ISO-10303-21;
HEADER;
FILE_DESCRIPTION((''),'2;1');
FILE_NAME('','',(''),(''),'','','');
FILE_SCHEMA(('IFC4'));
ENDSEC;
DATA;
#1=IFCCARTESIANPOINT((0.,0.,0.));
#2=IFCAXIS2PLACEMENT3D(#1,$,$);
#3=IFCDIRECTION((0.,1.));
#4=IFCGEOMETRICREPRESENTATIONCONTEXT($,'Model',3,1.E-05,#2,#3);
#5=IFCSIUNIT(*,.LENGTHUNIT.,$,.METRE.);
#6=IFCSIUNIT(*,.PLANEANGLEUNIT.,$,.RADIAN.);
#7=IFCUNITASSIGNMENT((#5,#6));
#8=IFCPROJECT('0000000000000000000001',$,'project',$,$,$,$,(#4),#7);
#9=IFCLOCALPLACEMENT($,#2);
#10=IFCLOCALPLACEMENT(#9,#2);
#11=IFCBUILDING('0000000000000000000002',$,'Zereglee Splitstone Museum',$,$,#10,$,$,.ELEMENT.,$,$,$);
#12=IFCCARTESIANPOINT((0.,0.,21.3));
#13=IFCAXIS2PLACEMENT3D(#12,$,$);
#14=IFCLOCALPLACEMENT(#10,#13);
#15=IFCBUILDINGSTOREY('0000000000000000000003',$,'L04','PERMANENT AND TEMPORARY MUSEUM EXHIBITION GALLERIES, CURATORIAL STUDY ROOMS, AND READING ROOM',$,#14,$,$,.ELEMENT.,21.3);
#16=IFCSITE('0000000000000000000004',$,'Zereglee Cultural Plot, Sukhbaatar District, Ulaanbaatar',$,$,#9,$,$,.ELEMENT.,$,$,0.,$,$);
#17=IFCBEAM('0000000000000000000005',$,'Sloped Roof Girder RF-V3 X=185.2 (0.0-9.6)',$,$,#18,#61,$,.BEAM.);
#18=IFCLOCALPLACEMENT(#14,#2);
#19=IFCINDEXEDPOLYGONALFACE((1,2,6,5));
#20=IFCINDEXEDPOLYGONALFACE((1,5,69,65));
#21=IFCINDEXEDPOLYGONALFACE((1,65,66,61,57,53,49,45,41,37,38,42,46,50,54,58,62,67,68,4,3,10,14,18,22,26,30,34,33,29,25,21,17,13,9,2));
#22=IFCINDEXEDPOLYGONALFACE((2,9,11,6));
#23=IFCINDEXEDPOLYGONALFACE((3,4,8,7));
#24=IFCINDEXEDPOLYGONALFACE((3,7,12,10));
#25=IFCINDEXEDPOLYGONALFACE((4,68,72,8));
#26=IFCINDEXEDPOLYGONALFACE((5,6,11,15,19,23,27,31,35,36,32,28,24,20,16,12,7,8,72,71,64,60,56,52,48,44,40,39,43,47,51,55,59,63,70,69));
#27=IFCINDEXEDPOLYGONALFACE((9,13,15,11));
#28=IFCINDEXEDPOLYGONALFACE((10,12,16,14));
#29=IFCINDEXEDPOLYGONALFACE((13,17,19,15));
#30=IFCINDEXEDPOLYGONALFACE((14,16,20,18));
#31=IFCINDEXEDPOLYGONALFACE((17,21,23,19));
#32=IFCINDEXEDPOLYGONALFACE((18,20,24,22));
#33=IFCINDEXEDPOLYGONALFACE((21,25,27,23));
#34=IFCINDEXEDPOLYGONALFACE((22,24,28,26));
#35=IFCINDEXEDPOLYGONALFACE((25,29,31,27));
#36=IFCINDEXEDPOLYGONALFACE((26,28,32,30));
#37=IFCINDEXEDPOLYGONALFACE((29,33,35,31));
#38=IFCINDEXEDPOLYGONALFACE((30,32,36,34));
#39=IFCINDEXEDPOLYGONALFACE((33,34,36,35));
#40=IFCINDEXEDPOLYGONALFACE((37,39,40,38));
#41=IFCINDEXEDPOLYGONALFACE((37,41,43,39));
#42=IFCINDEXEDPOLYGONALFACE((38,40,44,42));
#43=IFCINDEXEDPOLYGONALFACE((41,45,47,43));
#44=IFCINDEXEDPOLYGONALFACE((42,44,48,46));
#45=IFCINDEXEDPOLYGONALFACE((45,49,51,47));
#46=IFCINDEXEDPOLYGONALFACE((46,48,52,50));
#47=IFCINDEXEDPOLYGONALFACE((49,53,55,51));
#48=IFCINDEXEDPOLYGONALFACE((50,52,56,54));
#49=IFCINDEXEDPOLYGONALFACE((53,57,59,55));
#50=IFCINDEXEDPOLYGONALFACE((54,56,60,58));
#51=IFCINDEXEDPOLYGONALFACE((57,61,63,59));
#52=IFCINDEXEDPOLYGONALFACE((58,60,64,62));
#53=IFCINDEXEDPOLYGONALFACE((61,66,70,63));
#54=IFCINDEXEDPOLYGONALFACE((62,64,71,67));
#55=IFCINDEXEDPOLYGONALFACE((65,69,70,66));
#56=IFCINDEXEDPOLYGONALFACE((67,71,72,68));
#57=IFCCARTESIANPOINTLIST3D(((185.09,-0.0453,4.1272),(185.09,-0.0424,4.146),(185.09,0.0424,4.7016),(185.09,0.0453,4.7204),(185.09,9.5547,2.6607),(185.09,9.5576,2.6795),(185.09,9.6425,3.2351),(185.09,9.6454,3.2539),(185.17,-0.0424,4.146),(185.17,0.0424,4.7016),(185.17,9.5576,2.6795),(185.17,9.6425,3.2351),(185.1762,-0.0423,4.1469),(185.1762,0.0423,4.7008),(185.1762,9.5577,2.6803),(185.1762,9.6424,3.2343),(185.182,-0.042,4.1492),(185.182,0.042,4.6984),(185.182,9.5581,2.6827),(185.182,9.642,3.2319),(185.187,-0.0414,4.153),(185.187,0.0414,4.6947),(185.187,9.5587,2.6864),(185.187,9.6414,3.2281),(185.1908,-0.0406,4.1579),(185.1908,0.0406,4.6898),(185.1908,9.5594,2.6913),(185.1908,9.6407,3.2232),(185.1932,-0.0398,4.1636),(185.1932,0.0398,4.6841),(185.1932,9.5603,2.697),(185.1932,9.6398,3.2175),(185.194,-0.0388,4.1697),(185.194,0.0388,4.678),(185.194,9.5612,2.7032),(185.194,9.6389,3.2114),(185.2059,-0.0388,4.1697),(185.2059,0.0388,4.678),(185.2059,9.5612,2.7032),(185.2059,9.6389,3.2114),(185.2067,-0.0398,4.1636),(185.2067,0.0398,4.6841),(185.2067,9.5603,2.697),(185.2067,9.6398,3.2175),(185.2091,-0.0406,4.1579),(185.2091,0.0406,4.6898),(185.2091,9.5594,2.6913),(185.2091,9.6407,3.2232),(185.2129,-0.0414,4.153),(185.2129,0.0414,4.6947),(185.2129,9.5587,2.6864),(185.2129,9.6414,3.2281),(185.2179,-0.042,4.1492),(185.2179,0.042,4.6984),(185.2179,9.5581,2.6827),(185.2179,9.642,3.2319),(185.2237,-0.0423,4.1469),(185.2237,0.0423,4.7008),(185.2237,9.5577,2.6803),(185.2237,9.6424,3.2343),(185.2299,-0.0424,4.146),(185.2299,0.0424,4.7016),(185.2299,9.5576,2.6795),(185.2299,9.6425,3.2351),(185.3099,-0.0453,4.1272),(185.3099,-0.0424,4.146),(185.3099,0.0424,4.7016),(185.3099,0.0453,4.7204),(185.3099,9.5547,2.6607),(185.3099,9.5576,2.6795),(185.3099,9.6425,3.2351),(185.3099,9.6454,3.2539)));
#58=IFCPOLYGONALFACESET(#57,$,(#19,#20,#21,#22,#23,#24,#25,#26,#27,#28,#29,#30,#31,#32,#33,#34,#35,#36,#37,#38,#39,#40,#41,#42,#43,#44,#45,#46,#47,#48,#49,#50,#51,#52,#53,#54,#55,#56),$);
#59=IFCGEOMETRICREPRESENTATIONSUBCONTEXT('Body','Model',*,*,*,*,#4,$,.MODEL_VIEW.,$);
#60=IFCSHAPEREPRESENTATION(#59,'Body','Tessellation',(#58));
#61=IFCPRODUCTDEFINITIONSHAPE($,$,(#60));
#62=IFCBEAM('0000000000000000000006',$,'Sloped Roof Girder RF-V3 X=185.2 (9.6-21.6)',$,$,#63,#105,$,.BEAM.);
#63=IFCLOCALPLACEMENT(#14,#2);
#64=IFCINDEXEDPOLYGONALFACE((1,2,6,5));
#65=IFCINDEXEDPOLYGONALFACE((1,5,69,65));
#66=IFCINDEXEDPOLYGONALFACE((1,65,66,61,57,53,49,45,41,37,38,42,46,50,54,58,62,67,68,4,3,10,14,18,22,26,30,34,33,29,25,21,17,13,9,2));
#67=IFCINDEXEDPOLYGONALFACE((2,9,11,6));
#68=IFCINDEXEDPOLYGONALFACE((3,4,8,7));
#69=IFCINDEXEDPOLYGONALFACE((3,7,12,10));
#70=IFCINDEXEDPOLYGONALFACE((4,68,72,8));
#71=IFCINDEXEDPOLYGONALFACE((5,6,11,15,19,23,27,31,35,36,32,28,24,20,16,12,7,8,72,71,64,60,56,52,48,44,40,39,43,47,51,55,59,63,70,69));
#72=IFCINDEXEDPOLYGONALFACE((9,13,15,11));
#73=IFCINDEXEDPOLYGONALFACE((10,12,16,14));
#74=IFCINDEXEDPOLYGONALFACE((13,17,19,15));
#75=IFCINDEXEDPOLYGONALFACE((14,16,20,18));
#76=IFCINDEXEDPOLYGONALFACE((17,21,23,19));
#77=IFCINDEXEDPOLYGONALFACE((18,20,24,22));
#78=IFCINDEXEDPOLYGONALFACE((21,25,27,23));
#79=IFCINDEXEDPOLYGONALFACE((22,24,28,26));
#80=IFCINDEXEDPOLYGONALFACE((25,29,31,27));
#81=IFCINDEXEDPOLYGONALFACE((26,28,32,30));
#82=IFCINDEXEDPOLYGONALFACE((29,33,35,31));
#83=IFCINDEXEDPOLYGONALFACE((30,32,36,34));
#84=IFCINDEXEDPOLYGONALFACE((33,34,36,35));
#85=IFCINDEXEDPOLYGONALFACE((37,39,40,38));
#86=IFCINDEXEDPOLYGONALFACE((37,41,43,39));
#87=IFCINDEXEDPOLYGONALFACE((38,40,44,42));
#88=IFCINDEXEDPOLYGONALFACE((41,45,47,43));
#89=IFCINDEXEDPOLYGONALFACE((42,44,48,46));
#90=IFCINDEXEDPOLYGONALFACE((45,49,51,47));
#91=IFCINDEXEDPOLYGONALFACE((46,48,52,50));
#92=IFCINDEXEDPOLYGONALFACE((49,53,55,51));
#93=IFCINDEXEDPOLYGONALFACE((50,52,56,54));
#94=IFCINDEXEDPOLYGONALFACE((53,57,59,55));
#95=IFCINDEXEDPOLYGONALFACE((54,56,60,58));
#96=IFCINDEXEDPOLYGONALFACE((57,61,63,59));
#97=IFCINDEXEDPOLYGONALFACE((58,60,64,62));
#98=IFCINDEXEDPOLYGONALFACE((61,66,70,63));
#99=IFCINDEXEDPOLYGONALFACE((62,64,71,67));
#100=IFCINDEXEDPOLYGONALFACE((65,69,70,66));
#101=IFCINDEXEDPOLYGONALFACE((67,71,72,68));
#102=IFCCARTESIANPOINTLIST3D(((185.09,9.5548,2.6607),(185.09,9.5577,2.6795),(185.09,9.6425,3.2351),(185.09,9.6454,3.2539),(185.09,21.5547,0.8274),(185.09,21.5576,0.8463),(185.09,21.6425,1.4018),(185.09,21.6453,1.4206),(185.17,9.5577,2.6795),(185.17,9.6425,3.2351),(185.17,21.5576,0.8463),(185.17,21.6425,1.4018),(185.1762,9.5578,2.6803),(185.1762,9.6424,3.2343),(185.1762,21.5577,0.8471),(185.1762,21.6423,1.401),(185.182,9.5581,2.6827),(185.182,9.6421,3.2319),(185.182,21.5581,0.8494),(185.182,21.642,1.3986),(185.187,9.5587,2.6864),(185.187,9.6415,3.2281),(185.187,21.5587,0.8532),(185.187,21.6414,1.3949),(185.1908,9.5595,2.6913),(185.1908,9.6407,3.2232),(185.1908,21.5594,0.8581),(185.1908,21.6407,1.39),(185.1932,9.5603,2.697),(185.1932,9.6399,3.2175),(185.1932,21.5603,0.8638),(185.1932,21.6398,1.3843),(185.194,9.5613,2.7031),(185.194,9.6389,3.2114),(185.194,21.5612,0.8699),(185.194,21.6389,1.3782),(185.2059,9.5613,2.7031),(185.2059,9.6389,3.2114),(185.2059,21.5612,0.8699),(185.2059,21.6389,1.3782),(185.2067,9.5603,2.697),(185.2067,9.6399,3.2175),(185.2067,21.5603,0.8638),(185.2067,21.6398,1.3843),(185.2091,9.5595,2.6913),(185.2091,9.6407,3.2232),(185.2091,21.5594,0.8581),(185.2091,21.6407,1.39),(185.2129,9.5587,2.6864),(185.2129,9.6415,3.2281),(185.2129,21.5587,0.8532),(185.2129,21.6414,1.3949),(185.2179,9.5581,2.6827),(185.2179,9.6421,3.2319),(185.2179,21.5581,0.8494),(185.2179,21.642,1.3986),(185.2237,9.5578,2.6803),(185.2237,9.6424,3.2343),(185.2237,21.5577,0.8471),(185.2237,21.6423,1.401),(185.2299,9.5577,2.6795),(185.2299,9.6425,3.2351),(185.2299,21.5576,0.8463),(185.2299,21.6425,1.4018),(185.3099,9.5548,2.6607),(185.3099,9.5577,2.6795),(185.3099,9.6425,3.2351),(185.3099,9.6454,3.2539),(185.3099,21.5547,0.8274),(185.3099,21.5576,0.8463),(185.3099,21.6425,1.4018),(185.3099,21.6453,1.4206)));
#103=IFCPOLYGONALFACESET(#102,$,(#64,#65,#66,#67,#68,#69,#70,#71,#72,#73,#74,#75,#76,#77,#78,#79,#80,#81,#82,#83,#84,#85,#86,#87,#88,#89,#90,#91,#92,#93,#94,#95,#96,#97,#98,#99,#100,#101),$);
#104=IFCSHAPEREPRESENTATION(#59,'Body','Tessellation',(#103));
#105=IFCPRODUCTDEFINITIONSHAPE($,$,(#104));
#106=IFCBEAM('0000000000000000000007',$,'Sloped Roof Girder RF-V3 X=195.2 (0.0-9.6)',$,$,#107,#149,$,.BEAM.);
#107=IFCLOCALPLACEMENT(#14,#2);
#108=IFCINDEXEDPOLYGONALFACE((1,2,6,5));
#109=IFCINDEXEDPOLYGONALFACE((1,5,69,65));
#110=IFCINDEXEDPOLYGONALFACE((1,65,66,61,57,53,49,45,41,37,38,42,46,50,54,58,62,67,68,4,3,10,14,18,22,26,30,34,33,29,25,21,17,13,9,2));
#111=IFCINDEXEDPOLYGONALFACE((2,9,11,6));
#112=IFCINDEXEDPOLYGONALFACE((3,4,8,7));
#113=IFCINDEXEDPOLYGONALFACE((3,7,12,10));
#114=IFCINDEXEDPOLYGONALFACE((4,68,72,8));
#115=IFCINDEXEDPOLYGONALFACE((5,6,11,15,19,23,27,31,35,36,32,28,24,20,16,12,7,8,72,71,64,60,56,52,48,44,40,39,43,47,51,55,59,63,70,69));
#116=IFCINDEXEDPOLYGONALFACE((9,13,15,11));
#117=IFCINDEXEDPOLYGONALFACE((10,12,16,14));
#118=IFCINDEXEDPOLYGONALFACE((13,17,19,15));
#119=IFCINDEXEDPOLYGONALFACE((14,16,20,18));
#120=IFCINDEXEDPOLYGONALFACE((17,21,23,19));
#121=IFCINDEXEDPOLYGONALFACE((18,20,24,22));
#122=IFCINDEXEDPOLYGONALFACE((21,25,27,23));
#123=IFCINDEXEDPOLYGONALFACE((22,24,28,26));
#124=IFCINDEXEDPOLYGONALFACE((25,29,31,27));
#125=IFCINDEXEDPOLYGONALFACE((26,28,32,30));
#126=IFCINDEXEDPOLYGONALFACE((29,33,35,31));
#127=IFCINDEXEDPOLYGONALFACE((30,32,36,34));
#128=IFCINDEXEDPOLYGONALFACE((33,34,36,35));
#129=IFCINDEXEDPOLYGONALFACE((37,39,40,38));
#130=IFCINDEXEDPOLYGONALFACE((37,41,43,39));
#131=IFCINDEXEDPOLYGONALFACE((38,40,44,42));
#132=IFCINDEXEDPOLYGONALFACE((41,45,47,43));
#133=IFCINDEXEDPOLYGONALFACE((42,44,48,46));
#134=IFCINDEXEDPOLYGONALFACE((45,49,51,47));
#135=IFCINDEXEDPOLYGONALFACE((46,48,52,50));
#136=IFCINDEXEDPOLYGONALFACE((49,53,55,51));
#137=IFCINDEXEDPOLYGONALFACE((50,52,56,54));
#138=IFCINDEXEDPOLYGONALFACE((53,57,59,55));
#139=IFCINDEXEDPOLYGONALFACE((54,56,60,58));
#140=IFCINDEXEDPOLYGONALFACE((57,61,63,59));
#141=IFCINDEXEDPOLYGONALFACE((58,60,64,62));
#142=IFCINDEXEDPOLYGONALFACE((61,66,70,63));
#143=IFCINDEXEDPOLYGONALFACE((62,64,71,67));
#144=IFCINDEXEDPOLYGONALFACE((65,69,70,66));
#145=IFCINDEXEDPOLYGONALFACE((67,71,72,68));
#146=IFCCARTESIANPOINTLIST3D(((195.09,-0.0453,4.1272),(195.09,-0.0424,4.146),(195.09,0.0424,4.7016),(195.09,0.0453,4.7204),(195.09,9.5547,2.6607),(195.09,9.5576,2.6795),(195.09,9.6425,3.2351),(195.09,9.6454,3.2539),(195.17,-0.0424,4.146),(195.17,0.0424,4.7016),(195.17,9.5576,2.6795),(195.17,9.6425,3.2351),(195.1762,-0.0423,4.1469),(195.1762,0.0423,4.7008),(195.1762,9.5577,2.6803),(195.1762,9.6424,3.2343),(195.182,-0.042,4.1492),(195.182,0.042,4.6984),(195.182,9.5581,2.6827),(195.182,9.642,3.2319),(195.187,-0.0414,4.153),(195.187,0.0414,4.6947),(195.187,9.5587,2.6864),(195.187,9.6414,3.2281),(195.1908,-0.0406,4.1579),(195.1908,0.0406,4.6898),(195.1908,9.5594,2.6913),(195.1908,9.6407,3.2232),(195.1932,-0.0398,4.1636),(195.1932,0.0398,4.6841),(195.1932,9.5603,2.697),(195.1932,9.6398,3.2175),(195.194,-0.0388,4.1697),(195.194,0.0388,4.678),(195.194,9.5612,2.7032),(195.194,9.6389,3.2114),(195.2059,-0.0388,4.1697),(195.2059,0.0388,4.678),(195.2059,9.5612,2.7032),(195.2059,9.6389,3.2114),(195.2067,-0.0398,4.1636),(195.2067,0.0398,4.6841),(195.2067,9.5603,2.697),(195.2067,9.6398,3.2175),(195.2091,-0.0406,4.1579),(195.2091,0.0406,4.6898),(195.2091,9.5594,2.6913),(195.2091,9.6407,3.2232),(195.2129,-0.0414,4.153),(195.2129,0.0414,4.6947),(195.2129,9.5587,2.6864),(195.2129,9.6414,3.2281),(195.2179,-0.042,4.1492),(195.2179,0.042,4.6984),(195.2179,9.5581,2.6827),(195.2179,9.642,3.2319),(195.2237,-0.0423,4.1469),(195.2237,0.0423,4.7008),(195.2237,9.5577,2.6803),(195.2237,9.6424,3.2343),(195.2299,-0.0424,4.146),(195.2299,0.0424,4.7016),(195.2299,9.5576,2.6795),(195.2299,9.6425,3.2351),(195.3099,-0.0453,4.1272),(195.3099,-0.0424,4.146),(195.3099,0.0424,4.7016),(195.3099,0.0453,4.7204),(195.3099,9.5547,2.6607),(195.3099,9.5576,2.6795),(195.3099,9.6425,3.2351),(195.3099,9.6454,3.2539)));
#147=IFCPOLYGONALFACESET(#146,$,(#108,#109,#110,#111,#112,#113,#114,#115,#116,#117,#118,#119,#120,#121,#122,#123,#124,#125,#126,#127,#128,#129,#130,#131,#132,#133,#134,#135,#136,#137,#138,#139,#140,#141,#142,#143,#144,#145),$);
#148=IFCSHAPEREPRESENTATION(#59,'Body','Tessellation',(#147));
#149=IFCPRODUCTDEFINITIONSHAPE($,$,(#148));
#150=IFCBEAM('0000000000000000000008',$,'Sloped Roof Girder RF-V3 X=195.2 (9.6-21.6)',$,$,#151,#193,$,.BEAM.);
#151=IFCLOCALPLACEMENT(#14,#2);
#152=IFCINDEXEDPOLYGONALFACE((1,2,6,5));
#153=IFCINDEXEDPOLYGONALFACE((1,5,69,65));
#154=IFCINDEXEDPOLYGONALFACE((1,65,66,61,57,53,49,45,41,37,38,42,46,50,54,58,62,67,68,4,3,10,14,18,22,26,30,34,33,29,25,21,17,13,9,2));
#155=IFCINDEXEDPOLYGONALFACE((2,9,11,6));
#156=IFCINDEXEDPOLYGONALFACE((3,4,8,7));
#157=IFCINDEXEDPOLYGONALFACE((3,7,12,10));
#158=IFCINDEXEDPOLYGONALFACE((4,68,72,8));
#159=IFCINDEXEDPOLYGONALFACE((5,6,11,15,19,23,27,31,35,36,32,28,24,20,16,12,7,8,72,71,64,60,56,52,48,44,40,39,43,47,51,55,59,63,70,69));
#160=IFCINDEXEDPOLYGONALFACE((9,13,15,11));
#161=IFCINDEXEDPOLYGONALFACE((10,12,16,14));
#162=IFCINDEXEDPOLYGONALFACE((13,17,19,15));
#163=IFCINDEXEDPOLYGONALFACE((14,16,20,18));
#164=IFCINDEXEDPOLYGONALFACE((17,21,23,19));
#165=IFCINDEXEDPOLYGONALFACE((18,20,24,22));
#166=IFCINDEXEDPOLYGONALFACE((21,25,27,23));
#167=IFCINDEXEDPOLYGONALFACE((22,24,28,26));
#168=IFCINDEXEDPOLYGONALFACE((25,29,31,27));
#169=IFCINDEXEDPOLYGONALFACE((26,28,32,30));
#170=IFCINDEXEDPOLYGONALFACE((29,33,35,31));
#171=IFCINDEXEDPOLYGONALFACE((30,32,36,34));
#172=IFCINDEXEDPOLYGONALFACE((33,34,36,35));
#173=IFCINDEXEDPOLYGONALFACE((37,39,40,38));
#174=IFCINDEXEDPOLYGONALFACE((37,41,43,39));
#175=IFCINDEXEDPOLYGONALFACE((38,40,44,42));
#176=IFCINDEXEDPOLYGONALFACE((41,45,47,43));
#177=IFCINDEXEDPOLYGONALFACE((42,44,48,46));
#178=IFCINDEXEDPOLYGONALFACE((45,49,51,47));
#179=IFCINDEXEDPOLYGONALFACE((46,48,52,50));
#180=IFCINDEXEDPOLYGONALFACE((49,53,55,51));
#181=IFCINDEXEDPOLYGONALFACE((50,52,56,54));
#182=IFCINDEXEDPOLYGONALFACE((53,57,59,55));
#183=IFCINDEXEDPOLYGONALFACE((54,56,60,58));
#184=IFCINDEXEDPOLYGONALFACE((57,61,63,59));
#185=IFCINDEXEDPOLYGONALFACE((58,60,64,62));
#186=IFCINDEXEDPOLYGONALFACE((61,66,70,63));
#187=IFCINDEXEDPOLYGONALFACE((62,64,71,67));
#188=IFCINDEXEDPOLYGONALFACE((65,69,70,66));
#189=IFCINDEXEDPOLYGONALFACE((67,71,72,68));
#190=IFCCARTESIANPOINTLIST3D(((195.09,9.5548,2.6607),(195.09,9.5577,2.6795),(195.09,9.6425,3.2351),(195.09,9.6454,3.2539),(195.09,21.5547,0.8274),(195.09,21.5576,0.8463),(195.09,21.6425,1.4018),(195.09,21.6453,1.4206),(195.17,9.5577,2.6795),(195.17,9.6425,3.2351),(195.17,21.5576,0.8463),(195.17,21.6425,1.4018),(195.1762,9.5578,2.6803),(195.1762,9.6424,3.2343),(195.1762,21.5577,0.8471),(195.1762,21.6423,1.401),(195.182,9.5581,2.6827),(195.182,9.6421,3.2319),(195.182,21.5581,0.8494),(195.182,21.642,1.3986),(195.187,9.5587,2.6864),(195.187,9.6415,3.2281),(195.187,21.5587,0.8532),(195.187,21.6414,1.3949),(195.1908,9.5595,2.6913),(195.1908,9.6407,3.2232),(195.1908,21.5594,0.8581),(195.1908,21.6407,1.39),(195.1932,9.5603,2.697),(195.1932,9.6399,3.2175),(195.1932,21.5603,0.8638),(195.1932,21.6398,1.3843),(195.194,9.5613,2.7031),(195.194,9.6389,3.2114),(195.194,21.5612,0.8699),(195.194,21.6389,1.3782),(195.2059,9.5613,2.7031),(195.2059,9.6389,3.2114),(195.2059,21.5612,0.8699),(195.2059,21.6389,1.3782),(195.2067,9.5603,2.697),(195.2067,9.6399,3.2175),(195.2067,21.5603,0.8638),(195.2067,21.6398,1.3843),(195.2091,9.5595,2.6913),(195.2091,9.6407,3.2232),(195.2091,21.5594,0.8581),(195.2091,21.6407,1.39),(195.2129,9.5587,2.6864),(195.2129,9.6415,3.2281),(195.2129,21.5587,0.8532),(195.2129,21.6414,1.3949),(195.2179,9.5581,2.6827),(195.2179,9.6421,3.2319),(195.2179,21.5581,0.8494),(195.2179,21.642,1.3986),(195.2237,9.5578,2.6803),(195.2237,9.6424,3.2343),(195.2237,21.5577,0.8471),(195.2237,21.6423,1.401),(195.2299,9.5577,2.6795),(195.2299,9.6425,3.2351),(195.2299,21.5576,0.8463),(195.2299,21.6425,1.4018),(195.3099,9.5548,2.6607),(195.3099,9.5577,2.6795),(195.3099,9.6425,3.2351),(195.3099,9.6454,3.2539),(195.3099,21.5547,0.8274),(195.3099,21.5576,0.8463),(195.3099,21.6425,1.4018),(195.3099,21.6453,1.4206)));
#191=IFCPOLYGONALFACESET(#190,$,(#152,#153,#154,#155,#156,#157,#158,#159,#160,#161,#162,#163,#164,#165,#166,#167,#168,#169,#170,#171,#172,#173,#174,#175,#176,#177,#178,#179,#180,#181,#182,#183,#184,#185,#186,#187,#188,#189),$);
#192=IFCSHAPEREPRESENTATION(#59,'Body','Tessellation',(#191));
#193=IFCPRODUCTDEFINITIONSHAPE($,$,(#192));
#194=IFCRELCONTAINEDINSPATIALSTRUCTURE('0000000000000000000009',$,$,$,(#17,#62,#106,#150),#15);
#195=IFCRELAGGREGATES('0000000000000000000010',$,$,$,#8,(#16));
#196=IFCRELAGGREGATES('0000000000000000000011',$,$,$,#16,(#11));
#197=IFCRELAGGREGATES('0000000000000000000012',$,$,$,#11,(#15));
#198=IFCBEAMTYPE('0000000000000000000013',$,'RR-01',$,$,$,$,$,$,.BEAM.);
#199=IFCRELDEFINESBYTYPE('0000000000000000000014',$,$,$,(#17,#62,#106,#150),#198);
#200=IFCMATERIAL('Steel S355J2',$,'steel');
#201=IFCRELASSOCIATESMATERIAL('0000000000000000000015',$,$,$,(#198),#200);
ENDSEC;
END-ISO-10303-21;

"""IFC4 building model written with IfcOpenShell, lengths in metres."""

from ifc_helpers import new_model, si_unit, direction, frame, origin, origin_2d, place, context, subcontext, project, spatial, i_section, extrude, material, material_profile, profile_set, type_object, element, save


model = new_model("IFC4")

# Units and contexts
model_context = context("Model", 3, precision=1e-05, world=origin(), true_north=direction((0.0, 1.0)))
body_context = subcontext(model_context, "Body", "Model", "MODEL_VIEW")
ifc_project = project(units=[si_unit("LENGTHUNIT", "METRE"), si_unit("PLANEANGLEUNIT", "RADIAN")], contexts=[model_context])

# Site, building, storey
site_placement = place(None, origin())
site = spatial("IfcSite", under=ifc_project, at=site_placement, Name="Zereglee Cultural Plot, Sukhbaatar District, Ulaanbaatar", CompositionType="ELEMENT", RefElevation=0.0)
building_placement = place(site_placement, origin())
building = spatial("IfcBuilding", under=site, at=building_placement, Name="Zereglee Splitstone Museum", CompositionType="ELEMENT")
storey_placement = place(building_placement, frame((0.0, 0.0, 21.3)))
storey = spatial("IfcBuildingStorey", under=building, at=storey_placement, Name="L04", Description="PERMANENT AND TEMPORARY MUSEUM EXHIBITION GALLERIES, CURATORIAL STUDY ROOMS, AND READING ROOM", CompositionType="ELEMENT", Elevation=21.3)

# Shared definitions
ifc_material_1 = material(Name="Steel S355J2", Category="steel")

# Beams
ifc_material_profile_1 = material_profile(ifc_material_1, i_section(OverallWidth=0.22, OverallDepth=0.6001, WebThickness=0.012, FlangeThickness=0.019, FilletRadius=0.0239, at=origin_2d()), Name="IPE 600")
ifc_profile_set_1 = profile_set([ifc_material_profile_1], Name="Steel S355J2")
beam_type = type_object("IfcBeamType", Name="RR-01", PredefinedType="BEAM", material=ifc_profile_set_1)
beam_1_placement = place(storey_placement, frame((185.2, 0.0, 4.4238), z_axis=(0.0, 0.988532, -0.151012), x_axis=(-1.0, 0.0, 0.0)))
element("IfcBeam", 1, at=beam_1_placement, inside=storey, type_object=beam_type, Name="Sloped Roof Girder RF-V3 X=185.2 (0.0-9.6)", PredefinedType="BEAM", context=body_context, shape_type="SweptSolid", body=[
    extrude(i_section(OverallWidth=0.22, OverallDepth=0.6001, WebThickness=0.012, FlangeThickness=0.019, FilletRadius=0.0239, at=origin_2d()), origin(), (0.0, 0.0, 1.0), 9.7114),
])
beam_2_placement = place(storey_placement, frame((185.2, 9.6001, 2.9573), z_axis=(0.0, 0.988531, -0.151019), x_axis=(-1.0, 0.0, 0.0)))
element("IfcBeam", 2, at=beam_2_placement, inside=storey, type_object=beam_type, Name="Sloped Roof Girder RF-V3 X=185.2 (9.6-21.6)", PredefinedType="BEAM", context=body_context, shape_type="SweptSolid", body=[
    extrude(i_section(OverallWidth=0.22, OverallDepth=0.6001, WebThickness=0.012, FlangeThickness=0.019, FilletRadius=0.0239, at=origin_2d()), origin(), (0.0, 0.0, 1.0), 12.1392),
])
beam_3_placement = place(storey_placement, frame((195.2, 0.0, 4.4238), z_axis=(0.0, 0.988532, -0.151012), x_axis=(-1.0, 0.0, 0.0)))
element("IfcBeam", 3, at=beam_3_placement, inside=storey, type_object=beam_type, Name="Sloped Roof Girder RF-V3 X=195.2 (0.0-9.6)", PredefinedType="BEAM", context=body_context, shape_type="SweptSolid", body=[
    extrude(i_section(OverallWidth=0.22, OverallDepth=0.6001, WebThickness=0.012, FlangeThickness=0.019, FilletRadius=0.0239, at=origin_2d()), origin(), (0.0, 0.0, 1.0), 9.7114),
])
beam_4_placement = place(storey_placement, frame((195.2, 9.6001, 2.9573), z_axis=(0.0, 0.988531, -0.151019), x_axis=(-1.0, 0.0, 0.0)))
element("IfcBeam", 4, at=beam_4_placement, inside=storey, type_object=beam_type, Name="Sloped Roof Girder RF-V3 X=195.2 (9.6-21.6)", PredefinedType="BEAM", context=body_context, shape_type="SweptSolid", body=[
    extrude(i_section(OverallWidth=0.22, OverallDepth=0.6001, WebThickness=0.012, FlangeThickness=0.019, FilletRadius=0.0239, at=origin_2d()), origin(), (0.0, 0.0, 1.0), 12.1392),
])

save(model, "model.ifc")
